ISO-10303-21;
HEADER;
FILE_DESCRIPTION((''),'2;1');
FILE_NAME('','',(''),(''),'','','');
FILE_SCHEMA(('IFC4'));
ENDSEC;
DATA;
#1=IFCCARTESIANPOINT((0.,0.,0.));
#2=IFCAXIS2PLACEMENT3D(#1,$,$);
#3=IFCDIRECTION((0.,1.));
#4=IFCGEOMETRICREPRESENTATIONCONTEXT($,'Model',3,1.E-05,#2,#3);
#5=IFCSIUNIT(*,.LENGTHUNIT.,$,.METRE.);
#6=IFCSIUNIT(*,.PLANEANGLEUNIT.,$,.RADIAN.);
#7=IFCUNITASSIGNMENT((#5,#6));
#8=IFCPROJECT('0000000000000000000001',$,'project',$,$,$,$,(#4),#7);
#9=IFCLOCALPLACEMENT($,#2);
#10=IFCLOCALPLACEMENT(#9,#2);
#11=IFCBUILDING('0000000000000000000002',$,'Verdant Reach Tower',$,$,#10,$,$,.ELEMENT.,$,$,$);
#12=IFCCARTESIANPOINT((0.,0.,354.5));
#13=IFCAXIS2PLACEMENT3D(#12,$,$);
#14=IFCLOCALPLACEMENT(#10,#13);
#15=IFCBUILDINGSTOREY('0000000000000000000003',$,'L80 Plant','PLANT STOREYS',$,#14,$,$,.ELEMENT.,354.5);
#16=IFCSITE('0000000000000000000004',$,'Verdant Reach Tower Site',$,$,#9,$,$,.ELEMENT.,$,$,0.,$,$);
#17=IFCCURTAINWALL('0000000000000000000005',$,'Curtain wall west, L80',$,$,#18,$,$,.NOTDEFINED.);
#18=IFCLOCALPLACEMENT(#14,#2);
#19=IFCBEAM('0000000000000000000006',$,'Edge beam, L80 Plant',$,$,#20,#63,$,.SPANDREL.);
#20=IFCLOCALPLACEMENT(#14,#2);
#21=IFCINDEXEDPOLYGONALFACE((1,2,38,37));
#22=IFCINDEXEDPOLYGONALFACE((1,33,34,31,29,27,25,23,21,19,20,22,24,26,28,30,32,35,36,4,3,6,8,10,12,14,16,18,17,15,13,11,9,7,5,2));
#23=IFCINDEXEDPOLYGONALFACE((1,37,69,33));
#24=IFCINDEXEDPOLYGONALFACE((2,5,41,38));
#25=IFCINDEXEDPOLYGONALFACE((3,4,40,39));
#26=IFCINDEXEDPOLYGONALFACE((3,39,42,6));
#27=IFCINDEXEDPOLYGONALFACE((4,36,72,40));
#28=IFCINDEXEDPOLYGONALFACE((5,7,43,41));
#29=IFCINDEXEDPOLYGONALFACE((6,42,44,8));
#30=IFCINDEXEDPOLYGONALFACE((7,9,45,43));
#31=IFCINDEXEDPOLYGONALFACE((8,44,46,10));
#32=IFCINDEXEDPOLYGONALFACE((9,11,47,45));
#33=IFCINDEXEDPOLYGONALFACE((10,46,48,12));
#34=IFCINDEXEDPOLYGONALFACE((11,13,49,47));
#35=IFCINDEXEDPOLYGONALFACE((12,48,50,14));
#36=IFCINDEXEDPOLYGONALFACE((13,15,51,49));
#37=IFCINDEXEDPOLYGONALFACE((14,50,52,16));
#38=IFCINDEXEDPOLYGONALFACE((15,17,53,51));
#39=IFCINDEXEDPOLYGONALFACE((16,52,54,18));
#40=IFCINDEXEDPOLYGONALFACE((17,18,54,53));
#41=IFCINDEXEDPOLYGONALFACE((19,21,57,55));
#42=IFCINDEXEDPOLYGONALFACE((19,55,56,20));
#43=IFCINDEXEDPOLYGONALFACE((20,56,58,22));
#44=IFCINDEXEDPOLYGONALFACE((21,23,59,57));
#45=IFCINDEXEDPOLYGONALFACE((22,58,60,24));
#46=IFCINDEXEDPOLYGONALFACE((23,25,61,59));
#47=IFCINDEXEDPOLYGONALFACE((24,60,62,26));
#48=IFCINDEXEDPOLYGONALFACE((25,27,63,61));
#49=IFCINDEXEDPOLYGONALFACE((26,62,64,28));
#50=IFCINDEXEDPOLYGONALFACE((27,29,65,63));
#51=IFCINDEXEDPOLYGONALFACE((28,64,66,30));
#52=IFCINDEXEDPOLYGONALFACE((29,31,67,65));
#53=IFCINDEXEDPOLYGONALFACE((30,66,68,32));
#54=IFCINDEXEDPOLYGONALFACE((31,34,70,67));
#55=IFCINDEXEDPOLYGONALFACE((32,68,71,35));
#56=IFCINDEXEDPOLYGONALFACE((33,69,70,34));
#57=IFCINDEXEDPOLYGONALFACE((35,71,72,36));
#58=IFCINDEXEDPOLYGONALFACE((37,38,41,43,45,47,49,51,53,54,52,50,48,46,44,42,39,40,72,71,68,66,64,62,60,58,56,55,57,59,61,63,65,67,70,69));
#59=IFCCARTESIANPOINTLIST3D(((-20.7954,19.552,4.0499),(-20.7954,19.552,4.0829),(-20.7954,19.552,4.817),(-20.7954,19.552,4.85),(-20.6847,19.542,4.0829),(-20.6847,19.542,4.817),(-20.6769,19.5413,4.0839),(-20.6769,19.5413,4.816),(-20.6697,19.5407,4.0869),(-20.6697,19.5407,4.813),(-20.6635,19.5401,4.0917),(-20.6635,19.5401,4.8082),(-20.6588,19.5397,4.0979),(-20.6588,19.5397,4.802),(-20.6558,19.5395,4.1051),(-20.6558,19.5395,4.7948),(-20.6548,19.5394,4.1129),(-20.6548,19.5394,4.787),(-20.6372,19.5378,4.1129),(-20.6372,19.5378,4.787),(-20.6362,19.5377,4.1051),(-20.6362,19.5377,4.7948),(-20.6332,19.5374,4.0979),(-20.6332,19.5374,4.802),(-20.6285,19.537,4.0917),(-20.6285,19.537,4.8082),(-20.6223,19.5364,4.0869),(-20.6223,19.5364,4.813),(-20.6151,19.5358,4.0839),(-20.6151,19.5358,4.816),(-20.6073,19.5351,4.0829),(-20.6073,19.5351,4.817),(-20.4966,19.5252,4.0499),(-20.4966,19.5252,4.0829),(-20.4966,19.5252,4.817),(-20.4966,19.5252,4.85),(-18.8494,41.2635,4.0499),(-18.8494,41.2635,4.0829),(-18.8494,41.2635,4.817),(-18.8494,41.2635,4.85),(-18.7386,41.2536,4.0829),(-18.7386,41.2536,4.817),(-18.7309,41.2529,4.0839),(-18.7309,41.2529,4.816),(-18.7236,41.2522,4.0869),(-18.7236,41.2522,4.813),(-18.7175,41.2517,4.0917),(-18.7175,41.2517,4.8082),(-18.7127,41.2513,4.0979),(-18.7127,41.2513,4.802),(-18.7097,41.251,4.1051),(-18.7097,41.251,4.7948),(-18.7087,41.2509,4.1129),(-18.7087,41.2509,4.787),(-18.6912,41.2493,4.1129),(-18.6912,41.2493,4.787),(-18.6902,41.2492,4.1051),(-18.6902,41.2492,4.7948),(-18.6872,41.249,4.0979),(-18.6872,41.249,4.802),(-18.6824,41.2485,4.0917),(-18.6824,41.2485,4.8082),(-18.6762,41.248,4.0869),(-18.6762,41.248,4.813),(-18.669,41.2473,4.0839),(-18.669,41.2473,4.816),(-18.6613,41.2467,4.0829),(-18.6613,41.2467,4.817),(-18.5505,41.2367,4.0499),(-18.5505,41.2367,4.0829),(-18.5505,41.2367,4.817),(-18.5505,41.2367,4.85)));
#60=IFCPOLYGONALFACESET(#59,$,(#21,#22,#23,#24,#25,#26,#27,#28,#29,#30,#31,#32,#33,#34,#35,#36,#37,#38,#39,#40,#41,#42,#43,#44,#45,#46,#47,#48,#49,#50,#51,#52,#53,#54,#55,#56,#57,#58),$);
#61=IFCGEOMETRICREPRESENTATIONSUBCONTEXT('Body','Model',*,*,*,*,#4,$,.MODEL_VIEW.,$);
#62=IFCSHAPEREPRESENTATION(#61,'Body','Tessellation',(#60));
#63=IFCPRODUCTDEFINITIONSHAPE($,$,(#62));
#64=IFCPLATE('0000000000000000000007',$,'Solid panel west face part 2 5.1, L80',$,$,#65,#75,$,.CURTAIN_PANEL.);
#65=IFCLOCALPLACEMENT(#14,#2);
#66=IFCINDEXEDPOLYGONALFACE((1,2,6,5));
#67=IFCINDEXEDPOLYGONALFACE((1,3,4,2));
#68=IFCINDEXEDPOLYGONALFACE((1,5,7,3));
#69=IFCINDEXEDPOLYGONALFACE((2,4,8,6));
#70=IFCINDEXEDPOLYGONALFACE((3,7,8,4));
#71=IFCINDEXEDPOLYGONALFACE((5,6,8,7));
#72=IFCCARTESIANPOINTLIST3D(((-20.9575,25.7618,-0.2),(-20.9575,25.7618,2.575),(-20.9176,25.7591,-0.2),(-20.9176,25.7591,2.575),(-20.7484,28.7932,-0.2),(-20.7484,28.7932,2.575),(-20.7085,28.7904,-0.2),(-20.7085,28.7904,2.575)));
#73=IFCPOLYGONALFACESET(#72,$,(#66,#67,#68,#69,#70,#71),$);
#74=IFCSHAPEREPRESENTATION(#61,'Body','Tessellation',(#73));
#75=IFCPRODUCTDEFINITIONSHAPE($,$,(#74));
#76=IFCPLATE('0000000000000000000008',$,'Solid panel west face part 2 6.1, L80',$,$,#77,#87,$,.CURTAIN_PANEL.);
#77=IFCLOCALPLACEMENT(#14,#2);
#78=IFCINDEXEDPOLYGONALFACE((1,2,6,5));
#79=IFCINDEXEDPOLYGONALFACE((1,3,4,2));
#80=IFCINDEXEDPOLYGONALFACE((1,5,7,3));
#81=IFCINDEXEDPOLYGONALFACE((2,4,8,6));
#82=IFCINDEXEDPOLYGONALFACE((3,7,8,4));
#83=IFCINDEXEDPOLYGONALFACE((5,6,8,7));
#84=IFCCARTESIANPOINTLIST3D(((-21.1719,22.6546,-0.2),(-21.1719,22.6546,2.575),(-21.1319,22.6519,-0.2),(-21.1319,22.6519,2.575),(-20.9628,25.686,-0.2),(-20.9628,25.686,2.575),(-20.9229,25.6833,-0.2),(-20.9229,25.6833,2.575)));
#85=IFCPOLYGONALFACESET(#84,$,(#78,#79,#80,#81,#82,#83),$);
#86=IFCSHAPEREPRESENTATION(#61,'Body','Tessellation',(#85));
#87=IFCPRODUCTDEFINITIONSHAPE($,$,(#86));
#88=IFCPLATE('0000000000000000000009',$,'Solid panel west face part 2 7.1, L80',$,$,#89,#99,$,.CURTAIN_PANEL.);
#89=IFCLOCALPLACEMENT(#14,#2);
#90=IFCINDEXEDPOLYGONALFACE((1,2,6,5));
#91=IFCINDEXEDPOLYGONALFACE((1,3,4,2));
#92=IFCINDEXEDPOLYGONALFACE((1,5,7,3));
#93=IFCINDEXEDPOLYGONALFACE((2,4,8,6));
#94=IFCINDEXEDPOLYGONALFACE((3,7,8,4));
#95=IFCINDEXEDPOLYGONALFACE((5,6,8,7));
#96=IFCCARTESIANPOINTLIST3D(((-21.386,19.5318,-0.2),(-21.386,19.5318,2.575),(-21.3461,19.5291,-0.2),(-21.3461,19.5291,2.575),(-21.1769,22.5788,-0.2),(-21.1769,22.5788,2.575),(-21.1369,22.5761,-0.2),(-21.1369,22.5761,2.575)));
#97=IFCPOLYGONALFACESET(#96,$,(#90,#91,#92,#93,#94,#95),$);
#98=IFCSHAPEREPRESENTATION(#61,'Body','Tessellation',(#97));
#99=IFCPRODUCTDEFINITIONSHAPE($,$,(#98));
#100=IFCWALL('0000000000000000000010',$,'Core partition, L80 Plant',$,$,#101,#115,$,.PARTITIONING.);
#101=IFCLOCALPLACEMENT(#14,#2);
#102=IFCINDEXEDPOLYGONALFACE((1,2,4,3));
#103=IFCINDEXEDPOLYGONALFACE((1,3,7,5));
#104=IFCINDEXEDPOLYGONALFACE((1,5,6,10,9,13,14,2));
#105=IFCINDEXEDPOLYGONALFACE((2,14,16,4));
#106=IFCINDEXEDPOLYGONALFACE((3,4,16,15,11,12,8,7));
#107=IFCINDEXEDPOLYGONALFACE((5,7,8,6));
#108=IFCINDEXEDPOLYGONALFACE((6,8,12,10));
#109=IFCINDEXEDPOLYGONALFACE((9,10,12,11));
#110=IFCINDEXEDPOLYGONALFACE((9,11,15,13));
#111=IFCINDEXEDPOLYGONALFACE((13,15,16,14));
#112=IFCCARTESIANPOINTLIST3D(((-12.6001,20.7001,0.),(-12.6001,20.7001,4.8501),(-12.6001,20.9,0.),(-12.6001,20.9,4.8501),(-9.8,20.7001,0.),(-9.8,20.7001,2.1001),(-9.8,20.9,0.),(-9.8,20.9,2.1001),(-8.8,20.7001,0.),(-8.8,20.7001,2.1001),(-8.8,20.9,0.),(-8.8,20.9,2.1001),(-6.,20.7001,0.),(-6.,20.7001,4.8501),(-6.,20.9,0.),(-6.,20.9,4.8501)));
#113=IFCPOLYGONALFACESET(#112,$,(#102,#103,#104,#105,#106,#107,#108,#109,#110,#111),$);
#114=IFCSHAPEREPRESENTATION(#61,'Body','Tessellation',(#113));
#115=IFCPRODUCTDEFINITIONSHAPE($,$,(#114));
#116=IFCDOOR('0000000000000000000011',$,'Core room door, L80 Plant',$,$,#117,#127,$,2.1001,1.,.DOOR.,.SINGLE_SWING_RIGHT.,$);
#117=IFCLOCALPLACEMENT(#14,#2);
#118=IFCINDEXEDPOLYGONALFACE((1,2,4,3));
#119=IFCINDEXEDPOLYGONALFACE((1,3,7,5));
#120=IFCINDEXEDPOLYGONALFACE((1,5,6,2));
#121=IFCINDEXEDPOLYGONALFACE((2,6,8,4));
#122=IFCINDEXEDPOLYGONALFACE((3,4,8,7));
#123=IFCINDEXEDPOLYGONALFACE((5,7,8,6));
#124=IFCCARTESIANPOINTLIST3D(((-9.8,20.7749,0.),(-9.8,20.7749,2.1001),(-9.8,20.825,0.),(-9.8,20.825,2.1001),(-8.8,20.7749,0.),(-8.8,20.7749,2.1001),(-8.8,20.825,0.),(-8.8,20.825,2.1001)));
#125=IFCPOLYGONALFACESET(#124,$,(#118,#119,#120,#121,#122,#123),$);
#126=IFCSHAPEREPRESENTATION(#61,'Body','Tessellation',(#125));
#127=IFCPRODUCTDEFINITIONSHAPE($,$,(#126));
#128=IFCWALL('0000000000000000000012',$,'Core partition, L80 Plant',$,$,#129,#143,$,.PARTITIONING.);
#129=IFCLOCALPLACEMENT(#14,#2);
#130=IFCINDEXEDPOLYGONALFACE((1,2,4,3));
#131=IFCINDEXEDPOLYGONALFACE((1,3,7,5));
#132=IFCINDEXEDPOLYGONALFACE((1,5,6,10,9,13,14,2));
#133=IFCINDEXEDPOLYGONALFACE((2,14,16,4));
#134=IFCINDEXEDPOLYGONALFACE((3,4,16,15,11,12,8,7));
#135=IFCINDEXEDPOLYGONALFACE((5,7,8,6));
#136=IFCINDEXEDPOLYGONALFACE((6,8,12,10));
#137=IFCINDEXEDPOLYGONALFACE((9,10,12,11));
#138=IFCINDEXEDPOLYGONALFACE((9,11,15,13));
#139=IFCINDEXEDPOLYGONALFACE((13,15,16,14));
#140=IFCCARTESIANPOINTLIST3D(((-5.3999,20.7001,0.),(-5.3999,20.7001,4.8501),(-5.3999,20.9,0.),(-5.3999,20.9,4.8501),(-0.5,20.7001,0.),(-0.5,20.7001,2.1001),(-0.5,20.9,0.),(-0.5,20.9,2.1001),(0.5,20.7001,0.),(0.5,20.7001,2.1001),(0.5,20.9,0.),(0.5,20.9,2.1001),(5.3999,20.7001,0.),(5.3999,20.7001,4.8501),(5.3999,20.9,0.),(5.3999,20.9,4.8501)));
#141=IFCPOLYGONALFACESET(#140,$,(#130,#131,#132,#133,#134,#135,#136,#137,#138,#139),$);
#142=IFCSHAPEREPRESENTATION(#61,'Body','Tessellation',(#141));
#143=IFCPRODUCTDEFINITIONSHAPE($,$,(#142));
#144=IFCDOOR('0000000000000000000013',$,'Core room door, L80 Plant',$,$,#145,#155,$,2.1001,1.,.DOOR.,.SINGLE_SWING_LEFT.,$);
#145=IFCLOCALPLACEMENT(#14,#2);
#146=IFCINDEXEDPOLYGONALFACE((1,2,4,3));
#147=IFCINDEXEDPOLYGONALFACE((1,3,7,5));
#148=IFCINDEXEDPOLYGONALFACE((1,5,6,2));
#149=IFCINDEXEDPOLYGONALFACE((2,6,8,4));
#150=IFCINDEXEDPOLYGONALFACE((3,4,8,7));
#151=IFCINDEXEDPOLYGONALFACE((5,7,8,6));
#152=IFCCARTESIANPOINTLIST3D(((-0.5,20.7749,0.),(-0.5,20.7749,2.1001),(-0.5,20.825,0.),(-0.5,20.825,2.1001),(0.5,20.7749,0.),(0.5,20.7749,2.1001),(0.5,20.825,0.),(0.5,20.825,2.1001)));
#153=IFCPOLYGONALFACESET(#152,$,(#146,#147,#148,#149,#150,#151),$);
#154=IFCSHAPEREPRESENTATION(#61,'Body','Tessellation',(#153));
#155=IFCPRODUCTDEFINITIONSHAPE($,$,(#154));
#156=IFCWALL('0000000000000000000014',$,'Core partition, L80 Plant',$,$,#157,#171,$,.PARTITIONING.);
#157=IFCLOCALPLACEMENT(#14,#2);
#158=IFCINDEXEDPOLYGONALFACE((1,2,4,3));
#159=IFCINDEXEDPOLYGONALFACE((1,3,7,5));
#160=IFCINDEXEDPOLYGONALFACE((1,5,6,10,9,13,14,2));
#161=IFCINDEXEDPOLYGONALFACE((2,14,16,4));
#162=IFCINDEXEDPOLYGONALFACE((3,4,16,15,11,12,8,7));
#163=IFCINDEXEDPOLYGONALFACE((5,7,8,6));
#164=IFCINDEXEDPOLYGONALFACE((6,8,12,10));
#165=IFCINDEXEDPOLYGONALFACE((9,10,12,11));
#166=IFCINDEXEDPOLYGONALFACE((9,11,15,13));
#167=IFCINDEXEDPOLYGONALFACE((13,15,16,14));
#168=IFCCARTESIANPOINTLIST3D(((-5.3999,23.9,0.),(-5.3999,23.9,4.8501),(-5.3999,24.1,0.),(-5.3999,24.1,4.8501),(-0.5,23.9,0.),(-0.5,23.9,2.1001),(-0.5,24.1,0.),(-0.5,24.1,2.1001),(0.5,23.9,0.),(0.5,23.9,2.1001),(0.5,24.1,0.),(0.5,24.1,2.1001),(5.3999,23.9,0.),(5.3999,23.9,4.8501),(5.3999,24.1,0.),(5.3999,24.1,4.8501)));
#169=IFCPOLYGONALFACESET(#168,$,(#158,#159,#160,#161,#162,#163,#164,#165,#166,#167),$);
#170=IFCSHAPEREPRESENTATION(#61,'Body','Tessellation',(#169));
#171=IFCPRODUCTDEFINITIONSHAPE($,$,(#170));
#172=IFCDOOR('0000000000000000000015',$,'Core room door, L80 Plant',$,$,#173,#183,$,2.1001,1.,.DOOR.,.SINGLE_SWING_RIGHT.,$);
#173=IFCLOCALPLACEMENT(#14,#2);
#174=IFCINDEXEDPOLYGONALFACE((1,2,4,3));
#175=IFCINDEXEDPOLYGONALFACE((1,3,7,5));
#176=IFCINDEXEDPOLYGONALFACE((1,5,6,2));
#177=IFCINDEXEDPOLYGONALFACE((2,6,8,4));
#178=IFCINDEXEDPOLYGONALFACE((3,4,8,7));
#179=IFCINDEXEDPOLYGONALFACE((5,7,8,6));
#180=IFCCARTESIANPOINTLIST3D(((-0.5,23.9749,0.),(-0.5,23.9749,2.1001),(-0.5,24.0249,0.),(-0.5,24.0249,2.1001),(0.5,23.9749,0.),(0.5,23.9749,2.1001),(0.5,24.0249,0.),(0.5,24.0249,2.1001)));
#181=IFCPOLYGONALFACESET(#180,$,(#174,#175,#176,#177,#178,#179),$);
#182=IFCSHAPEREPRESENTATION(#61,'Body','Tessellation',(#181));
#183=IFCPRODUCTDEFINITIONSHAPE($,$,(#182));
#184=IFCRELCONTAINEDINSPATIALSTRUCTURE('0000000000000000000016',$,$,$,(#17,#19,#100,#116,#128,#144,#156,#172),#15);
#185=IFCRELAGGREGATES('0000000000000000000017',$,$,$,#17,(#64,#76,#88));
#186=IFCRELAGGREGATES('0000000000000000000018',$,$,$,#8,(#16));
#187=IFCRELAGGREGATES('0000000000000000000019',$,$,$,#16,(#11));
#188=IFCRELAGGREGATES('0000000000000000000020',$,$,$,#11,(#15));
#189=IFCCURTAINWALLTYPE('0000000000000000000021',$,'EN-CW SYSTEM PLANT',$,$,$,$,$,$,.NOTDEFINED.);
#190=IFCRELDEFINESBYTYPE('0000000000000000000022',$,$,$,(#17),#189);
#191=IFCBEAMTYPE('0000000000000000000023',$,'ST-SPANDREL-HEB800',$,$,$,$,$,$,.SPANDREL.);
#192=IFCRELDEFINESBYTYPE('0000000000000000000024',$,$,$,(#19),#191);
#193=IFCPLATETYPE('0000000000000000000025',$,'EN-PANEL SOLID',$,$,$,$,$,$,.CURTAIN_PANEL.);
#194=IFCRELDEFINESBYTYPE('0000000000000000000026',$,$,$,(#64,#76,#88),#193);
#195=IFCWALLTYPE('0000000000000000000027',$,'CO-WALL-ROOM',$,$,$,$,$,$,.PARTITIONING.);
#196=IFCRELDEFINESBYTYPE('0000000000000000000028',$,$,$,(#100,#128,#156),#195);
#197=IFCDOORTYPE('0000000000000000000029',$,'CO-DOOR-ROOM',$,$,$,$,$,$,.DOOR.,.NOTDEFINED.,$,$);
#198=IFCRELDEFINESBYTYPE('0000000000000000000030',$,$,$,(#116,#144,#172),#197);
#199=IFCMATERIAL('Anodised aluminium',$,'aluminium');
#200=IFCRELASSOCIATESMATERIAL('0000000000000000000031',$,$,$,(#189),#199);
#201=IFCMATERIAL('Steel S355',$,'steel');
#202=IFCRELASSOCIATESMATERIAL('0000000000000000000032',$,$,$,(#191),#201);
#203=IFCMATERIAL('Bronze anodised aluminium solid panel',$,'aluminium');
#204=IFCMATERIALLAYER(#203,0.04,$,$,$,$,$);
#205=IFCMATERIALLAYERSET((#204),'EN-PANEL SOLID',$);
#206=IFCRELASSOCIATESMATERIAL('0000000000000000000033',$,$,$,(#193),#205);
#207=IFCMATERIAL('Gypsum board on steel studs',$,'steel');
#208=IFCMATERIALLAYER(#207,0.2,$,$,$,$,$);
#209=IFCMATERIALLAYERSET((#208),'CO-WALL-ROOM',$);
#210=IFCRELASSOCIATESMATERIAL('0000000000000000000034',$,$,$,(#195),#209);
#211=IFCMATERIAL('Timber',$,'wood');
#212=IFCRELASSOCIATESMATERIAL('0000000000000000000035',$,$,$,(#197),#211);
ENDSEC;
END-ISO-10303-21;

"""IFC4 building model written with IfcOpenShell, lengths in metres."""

from ifc_helpers import new_model, si_unit, direction, frame, frame_2d, origin, origin_2d, place, context, subcontext, project, spatial, rectangle, i_section, extrude, material, layer, layer_set, material_profile, profile_set, type_object, element, fill, aggregate, save


model = new_model("IFC4")

# Units and contexts
model_context = context("Model", 3, precision=1e-05, world=origin(), true_north=direction((0.0, 1.0)))
body_context = subcontext(model_context, "Body", "Model", "MODEL_VIEW")
ifc_project = project(units=[si_unit("LENGTHUNIT", "METRE"), si_unit("PLANEANGLEUNIT", "RADIAN")], contexts=[model_context])

# Site, building, storey
site_placement = place(None, origin())
site = spatial("IfcSite", under=ifc_project, at=site_placement, Name="Verdant Reach Tower Site", CompositionType="ELEMENT", RefElevation=0.0)
building_placement = place(site_placement, origin())
building = spatial("IfcBuilding", under=site, at=building_placement, Name="Verdant Reach Tower", CompositionType="ELEMENT")
storey_placement = place(building_placement, frame((0.0, 0.0, 354.5)))
storey = spatial("IfcBuildingStorey", under=building, at=storey_placement, Name="L80 Plant", Description="PLANT STOREYS", CompositionType="ELEMENT", Elevation=354.5)

# Curtain wall
ifc_material_1 = material(Name="Anodised aluminium", Category="aluminium")
curtain_wall_type = type_object("IfcCurtainWallType", Name="EN-CW SYSTEM PLANT", PredefinedType="NOTDEFINED", material=ifc_material_1)
curtain_wall_1_placement = place(storey_placement, origin())
curtain_wall_1 = element("IfcCurtainWall", 1, at=curtain_wall_1_placement, inside=storey, type_object=curtain_wall_type, Name="Curtain wall west, L80", PredefinedType="NOTDEFINED")

# Beam
ifc_material_2 = material(Name="Steel S355", Category="steel")
ifc_material_profile_1 = material_profile(ifc_material_2, i_section(OverallWidth=0.3, OverallDepth=0.8, WebThickness=0.0176, FlangeThickness=0.033, FilletRadius=0.03, at=origin_2d()), Name="HEB 800")
ifc_profile_set_1 = profile_set([ifc_material_profile_1], Name="Steel S355")
beam_type_1 = type_object("IfcBeamType", Name="ST-SPANDREL-HEB800", PredefinedType="SPANDREL", material=ifc_profile_set_1)
beam_1_placement = place(storey_placement, frame((-20.646, 19.5386, 4.45), z_axis=(0.089274, 0.996007, 0.0), x_axis=(-0.996007, 0.089274, 0.0)))
element("IfcBeam", 2, at=beam_1_placement, inside=storey, type_object=beam_type_1, Name="Edge beam, L80 Plant", PredefinedType="SPANDREL", context=body_context, shape_type="SweptSolid", body=[
    extrude(i_section(OverallWidth=0.3, OverallDepth=0.8, WebThickness=0.0176, FlangeThickness=0.033, FilletRadius=0.03, at=origin_2d()), origin(), (0.0, 0.0, 1.0), 21.7986),
])

# Plates
ifc_material_3 = material(Name="Bronze anodised aluminium solid panel", Category="aluminium")
ifc_layer_1 = layer(ifc_material_3, 0.04)
ifc_layer_set_1 = layer_set([ifc_layer_1], Name="EN-PANEL SOLID")
plate_type = type_object("IfcPlateType", Name="EN-PANEL SOLID", PredefinedType="CURTAIN_PANEL", material=ifc_layer_set_1)
plate_1_placement = place(storey_placement, frame((-20.833, 27.2761, -0.2), z_axis=(0.0, 0.0, 1.0), x_axis=(-0.068802, -0.99763, 0.0)))
plate_1 = element("IfcPlate", 3, at=plate_1_placement, type_object=plate_type, Name="Solid panel west face part 2 5.1, L80", PredefinedType="CURTAIN_PANEL", context=body_context, shape_type="SweptSolid", body=[
    extrude(rectangle(XDim=3.0386, YDim=0.04, at=origin_2d()), origin(), (0.0, 0.0, 1.0), 2.7749),
])
plate_2_placement = place(storey_placement, frame((-21.0474, 24.1689, -0.2), z_axis=(0.0, 0.0, 1.0), x_axis=(-0.068802, -0.99763, 0.0)))
plate_2 = element("IfcPlate", 4, at=plate_2_placement, type_object=plate_type, Name="Solid panel west face part 2 6.1, L80", PredefinedType="CURTAIN_PANEL", context=body_context, shape_type="SweptSolid", body=[
    extrude(rectangle(XDim=3.0386, YDim=0.04, at=origin_2d()), origin(), (0.0, 0.0, 1.0), 2.7749),
])
plate_3_placement = place(storey_placement, frame((-21.2615, 21.054, -0.2), z_axis=(0.0, 0.0, 1.0), x_axis=(-0.068469, -0.997653, 0.0)))
plate_3 = element("IfcPlate", 5, at=plate_3_placement, type_object=plate_type, Name="Solid panel west face part 2 7.1, L80", PredefinedType="CURTAIN_PANEL", context=body_context, shape_type="SweptSolid", body=[
    extrude(rectangle(XDim=3.0542, YDim=0.04, at=origin_2d()), origin(), (0.0, 0.0, 1.0), 2.7749),
])

# Walls, openings, doors
ifc_material_4 = material(Name="Gypsum board on steel studs", Category="steel")
ifc_layer_2 = layer(ifc_material_4, 0.2)
ifc_layer_set_2 = layer_set([ifc_layer_2], Name="CO-WALL-ROOM")
wall_type_1 = type_object("IfcWallType", Name="CO-WALL-ROOM", PredefinedType="PARTITIONING", material=ifc_layer_set_2)
wall_1_placement = place(storey_placement, frame((-12.6001, 20.8, 0.0), z_axis=(0.0, 0.0, 1.0), x_axis=(1.0, 0.0, 0.0)))
wall_1 = element("IfcWall", 6, at=wall_1_placement, inside=storey, type_object=wall_type_1, Name="Core partition, L80 Plant", PredefinedType="PARTITIONING", context=body_context, shape_type="SweptSolid", body=[
    extrude(rectangle(XDim=6.6001, YDim=0.2, at=frame_2d((3.3, 0.0))), origin(), (0.0, 0.0, 1.0), 4.8501),
])
opening_1_placement = place(wall_1_placement, frame((2.8, 0.0, 0.0)))
opening_1 = element("IfcOpeningElement", 7, at=opening_1_placement, cuts=wall_1, PredefinedType="OPENING", context=body_context, shape_type="SweptSolid", body=[
    extrude(rectangle(XDim=1.0, YDim=2.1001, at=frame_2d((0.5, 1.05))), frame((0.0, 0.1099, 0.0), z_axis=(0.0, -1.0, 0.0), x_axis=(1.0, 0.0, 0.0)), (0.0, 0.0, 1.0), 0.22),
])
ifc_material_5 = material(Name="Timber", Category="wood")
door_type_1 = type_object("IfcDoorType", Name="CO-DOOR-ROOM", OperationType="NOTDEFINED", PredefinedType="DOOR", material=ifc_material_5)
door_1_placement = place(opening_1_placement, origin())
door_1 = element("IfcDoor", 8, at=door_1_placement, inside=storey, type_object=door_type_1, Name="Core room door, L80 Plant", OperationType="SINGLE_SWING_RIGHT", OverallHeight=2.1001, OverallWidth=1.0, PredefinedType="DOOR", context=body_context, shape_type="SweptSolid", body=[
    extrude(rectangle(XDim=1.0, YDim=2.1001, at=frame_2d((0.5, 1.05))), frame((0.0, 0.0249, 0.0), z_axis=(0.0, -1.0, 0.0), x_axis=(1.0, 0.0, 0.0)), (0.0, 0.0, 1.0), 0.05),
])
fill(opening_1, door_1)
wall_2_placement = place(storey_placement, frame((-5.3999, 20.8, 0.0), z_axis=(0.0, 0.0, 1.0), x_axis=(1.0, 0.0, 0.0)))
wall_2 = element("IfcWall", 9, at=wall_2_placement, inside=storey, type_object=wall_type_1, Name="Core partition, L80 Plant", PredefinedType="PARTITIONING", context=body_context, shape_type="SweptSolid", body=[
    extrude(rectangle(XDim=10.7998, YDim=0.2, at=frame_2d((5.3999, 0.0))), origin(), (0.0, 0.0, 1.0), 4.8501),
])
opening_2_placement = place(wall_2_placement, frame((4.8999, 0.0, 0.0)))
opening_2 = element("IfcOpeningElement", 10, at=opening_2_placement, cuts=wall_2, PredefinedType="OPENING", context=body_context, shape_type="SweptSolid", body=[
    extrude(rectangle(XDim=1.0, YDim=2.1001, at=frame_2d((0.5, 1.05))), frame((0.0, 0.1099, 0.0), z_axis=(0.0, -1.0, 0.0), x_axis=(1.0, 0.0, 0.0)), (0.0, 0.0, 1.0), 0.22),
])
door_2_placement = place(opening_2_placement, origin())
door_2 = element("IfcDoor", 11, at=door_2_placement, inside=storey, type_object=door_type_1, Name="Core room door, L80 Plant", OperationType="SINGLE_SWING_LEFT", OverallHeight=2.1001, OverallWidth=1.0, PredefinedType="DOOR", context=body_context, shape_type="SweptSolid", body=[
    extrude(rectangle(XDim=1.0, YDim=2.1001, at=frame_2d((0.5, 1.05))), frame((0.0, 0.0249, 0.0), z_axis=(0.0, -1.0, 0.0), x_axis=(1.0, 0.0, 0.0)), (0.0, 0.0, 1.0), 0.05),
])
fill(opening_2, door_2)
wall_3_placement = place(storey_placement, frame((-5.3999, 24.0, 0.0), z_axis=(0.0, 0.0, 1.0), x_axis=(1.0, 0.0, 0.0)))
wall_3 = element("IfcWall", 12, at=wall_3_placement, inside=storey, type_object=wall_type_1, Name="Core partition, L80 Plant", PredefinedType="PARTITIONING", context=body_context, shape_type="SweptSolid", body=[
    extrude(rectangle(XDim=10.7998, YDim=0.2, at=frame_2d((5.3999, 0.0))), origin(), (0.0, 0.0, 1.0), 4.8501),
])
opening_3_placement = place(wall_3_placement, frame((4.8999, 0.0, 0.0)))
opening_3 = element("IfcOpeningElement", 13, at=opening_3_placement, cuts=wall_3, PredefinedType="OPENING", context=body_context, shape_type="SweptSolid", body=[
    extrude(rectangle(XDim=1.0, YDim=2.1001, at=frame_2d((0.5, 1.05))), frame((0.0, 0.1099, 0.0), z_axis=(0.0, -1.0, 0.0), x_axis=(1.0, 0.0, 0.0)), (0.0, 0.0, 1.0), 0.22),
])
door_3_placement = place(opening_3_placement, origin())
door_3 = element("IfcDoor", 14, at=door_3_placement, inside=storey, type_object=door_type_1, Name="Core room door, L80 Plant", OperationType="SINGLE_SWING_RIGHT", OverallHeight=2.1001, OverallWidth=1.0, PredefinedType="DOOR", context=body_context, shape_type="SweptSolid", body=[
    extrude(rectangle(XDim=1.0, YDim=2.1001, at=frame_2d((0.5, 1.05))), frame((0.0, 0.0249, 0.0), z_axis=(0.0, -1.0, 0.0), x_axis=(1.0, 0.0, 0.0)), (0.0, 0.0, 1.0), 0.05),
])
fill(opening_3, door_3)

aggregate(curtain_wall_1, [plate_1, plate_2, plate_3])

save(model, "model.ifc")
